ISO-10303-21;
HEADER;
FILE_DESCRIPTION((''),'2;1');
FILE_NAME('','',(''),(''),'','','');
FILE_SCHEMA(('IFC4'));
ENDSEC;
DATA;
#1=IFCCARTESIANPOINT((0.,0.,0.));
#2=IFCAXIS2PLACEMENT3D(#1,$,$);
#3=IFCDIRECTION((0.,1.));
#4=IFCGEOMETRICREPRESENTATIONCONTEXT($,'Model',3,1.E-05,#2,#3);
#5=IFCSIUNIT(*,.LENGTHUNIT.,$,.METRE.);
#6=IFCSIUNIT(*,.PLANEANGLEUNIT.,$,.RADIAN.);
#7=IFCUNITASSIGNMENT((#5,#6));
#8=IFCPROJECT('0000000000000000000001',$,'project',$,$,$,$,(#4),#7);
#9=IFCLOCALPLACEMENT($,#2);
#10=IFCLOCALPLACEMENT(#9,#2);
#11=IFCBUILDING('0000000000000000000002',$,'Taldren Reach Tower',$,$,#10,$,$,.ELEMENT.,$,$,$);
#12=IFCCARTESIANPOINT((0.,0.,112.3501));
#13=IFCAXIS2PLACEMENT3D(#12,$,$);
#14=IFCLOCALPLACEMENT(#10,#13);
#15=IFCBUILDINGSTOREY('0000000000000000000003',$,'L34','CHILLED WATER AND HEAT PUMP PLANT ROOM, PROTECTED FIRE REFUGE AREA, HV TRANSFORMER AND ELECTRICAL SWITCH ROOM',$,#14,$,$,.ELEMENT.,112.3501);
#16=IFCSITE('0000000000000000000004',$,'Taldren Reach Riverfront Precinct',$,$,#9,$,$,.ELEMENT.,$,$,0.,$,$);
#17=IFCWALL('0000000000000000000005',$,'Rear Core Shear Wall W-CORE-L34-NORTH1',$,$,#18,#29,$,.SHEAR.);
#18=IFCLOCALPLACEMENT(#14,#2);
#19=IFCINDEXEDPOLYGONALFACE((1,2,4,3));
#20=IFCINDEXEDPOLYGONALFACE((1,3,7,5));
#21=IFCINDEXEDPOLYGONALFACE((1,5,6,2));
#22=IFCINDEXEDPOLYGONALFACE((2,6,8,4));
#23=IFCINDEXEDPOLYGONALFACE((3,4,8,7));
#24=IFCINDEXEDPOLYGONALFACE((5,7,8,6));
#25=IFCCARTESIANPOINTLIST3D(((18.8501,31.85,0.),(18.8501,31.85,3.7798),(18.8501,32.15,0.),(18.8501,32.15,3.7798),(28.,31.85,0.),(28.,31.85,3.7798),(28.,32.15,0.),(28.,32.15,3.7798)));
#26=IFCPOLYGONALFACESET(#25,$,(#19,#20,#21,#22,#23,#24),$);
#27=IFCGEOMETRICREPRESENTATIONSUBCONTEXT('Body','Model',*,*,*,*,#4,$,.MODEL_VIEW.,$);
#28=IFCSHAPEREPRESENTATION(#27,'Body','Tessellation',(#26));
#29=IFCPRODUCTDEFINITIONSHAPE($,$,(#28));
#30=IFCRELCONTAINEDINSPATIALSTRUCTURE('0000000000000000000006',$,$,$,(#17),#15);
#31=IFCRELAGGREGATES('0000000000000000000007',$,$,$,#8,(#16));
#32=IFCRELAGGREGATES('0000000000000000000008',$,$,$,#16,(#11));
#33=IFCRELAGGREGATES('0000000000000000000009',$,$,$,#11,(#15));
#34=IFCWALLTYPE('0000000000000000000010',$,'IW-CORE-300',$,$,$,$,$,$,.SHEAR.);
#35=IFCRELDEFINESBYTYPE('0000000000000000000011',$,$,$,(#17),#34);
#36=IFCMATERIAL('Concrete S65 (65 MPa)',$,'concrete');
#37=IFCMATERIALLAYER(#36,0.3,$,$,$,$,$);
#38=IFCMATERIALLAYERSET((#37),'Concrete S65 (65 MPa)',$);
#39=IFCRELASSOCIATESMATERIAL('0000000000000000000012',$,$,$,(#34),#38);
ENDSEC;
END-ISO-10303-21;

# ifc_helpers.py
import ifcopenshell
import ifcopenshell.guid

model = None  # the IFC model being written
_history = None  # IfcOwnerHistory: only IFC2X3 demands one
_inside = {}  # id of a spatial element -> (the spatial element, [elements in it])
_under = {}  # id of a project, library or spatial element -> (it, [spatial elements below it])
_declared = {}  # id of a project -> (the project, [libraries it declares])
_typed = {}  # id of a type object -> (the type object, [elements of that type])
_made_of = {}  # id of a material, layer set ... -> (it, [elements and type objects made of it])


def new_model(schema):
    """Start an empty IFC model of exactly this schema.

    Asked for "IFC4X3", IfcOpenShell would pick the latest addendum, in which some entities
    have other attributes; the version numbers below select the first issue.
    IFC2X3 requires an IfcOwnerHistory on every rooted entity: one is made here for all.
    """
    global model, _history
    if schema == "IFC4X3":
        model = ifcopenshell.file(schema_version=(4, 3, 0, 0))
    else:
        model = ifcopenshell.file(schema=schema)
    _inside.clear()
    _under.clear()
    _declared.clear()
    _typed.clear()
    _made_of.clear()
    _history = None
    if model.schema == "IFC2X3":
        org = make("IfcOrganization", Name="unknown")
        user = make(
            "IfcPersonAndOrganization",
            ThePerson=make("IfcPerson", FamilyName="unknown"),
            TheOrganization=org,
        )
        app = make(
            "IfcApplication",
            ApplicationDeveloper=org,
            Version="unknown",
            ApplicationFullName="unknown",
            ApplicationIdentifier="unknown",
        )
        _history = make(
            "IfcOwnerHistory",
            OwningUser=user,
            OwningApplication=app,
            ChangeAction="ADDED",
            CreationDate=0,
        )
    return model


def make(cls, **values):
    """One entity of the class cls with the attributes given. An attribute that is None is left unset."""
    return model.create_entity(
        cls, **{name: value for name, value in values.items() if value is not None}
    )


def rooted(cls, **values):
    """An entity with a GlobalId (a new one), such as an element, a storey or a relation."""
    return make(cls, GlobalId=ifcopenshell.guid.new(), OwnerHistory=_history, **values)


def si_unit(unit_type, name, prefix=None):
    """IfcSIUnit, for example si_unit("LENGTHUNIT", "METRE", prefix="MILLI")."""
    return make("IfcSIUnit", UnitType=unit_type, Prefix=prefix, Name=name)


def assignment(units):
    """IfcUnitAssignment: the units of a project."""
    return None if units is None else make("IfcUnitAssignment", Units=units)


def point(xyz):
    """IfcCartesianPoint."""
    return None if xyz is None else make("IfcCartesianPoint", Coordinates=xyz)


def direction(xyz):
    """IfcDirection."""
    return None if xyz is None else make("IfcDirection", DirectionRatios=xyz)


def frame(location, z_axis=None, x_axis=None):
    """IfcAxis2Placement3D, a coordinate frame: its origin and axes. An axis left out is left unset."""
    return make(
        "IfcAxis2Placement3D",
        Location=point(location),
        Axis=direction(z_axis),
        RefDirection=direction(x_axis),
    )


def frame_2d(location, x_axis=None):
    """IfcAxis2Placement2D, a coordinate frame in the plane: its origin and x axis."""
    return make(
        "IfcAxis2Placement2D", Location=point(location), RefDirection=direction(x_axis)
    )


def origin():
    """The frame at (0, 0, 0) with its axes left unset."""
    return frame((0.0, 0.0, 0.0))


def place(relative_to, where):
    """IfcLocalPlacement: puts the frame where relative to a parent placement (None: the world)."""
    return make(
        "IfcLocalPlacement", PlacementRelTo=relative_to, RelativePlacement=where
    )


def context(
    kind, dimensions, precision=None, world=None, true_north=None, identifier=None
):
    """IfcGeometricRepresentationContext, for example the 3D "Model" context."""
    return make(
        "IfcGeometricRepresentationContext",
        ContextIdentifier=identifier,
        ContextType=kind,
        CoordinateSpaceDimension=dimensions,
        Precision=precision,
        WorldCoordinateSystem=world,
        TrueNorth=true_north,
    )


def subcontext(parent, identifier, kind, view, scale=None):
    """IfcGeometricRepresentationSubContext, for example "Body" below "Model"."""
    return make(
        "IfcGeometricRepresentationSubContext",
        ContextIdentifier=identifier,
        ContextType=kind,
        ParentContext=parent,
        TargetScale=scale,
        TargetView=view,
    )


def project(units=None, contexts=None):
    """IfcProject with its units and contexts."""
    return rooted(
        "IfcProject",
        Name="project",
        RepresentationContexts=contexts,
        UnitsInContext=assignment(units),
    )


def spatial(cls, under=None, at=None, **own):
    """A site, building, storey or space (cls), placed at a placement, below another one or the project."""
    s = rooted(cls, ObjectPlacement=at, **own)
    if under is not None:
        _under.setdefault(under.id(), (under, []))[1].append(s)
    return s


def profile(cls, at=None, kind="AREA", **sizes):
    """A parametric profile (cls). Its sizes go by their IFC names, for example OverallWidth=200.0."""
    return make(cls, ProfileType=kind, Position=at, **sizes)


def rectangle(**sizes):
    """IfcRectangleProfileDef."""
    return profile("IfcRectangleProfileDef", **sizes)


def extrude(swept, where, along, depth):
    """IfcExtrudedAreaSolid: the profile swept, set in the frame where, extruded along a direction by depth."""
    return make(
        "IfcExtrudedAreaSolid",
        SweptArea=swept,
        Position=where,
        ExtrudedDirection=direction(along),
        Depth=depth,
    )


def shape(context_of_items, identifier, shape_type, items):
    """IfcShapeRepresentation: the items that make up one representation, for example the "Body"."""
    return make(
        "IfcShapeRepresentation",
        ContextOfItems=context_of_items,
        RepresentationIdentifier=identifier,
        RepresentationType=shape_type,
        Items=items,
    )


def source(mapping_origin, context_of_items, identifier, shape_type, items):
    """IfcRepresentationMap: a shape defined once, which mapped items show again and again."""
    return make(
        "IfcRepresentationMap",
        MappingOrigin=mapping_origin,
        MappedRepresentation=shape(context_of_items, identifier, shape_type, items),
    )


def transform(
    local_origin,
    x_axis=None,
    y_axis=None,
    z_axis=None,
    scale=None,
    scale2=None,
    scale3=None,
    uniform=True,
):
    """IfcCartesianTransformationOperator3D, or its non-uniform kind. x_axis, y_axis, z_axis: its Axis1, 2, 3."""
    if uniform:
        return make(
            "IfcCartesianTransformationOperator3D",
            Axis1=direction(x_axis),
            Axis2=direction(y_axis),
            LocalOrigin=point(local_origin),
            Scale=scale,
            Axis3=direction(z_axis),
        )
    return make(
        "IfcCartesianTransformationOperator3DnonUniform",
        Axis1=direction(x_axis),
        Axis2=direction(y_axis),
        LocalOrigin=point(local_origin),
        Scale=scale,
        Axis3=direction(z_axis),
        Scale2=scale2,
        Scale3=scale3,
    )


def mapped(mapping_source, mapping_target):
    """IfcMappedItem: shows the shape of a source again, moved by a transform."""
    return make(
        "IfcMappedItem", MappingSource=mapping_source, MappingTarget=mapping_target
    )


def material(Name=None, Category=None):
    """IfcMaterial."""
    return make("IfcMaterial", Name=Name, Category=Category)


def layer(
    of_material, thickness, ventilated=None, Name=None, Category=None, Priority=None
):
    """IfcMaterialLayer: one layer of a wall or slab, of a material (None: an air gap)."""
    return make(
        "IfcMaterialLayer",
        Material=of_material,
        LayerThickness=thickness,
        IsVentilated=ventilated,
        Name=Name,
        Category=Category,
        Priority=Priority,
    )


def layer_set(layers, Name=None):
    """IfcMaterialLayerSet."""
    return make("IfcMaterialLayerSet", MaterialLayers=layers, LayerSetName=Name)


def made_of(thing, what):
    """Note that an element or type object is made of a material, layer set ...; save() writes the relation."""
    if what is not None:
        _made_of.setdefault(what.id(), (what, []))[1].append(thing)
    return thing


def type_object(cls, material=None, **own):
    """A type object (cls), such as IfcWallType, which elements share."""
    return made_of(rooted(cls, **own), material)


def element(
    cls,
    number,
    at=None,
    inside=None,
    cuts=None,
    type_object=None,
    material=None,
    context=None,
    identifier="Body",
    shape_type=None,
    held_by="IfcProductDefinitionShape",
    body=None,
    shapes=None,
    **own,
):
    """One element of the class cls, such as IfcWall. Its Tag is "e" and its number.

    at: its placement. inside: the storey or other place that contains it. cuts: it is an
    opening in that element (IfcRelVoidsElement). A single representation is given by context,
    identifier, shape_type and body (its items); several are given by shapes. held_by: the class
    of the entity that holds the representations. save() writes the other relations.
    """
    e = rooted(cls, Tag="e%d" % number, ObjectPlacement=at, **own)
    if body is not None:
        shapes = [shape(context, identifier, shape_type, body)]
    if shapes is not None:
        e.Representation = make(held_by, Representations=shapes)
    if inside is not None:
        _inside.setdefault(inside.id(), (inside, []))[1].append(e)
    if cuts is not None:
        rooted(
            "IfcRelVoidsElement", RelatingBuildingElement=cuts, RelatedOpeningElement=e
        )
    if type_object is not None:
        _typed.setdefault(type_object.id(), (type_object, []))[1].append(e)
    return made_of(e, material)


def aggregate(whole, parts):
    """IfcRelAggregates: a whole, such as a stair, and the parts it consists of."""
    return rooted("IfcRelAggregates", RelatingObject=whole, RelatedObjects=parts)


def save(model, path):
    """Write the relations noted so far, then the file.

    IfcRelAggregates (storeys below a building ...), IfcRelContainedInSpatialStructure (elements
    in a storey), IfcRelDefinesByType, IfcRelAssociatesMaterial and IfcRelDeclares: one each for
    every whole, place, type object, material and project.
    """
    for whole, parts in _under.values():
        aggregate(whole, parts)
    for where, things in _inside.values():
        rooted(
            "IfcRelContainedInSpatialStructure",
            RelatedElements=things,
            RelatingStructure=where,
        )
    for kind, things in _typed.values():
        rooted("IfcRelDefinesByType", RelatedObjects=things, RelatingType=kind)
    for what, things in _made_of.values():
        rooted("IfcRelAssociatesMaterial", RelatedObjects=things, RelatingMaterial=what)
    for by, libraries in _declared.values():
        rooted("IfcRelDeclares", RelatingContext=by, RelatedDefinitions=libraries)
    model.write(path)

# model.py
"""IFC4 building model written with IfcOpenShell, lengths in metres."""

from ifc_helpers import new_model, si_unit, direction, frame, frame_2d, origin, place, context, subcontext, project, spatial, rectangle, extrude, source, transform, mapped, material, layer, layer_set, type_object, element, save


model = new_model("IFC4")

# Units and contexts
model_context = context("Model", 3, precision=1e-05, world=origin(), true_north=direction((0.0, 1.0)))
body_context = subcontext(model_context, "Body", "Model", "MODEL_VIEW")
ifc_project = project(units=[si_unit("LENGTHUNIT", "METRE"), si_unit("PLANEANGLEUNIT", "RADIAN")], contexts=[model_context])

# Site, building, storey
site_placement = place(None, origin())
site = spatial("IfcSite", under=ifc_project, at=site_placement, Name="Taldren Reach Riverfront Precinct", CompositionType="ELEMENT", RefElevation=0.0)
building_placement = place(site_placement, origin())
building = spatial("IfcBuilding", under=site, at=building_placement, Name="Taldren Reach Tower", CompositionType="ELEMENT")
storey_placement = place(building_placement, frame((0.0, 0.0, 112.3501)))
storey = spatial("IfcBuildingStorey", under=building, at=storey_placement, Name="L34", Description="CHILLED WATER AND HEAT PUMP PLANT ROOM, PROTECTED FIRE REFUGE AREA, HV TRANSFORMER AND ELECTRICAL SWITCH ROOM", CompositionType="ELEMENT", Elevation=112.3501)

# Shared definitions
ifc_material_1 = material(Name="Concrete S65 (65 MPa)", Category="concrete")

# Wall
ifc_layer_1 = layer(ifc_material_1, 0.3)
ifc_layer_set_1 = layer_set([ifc_layer_1], Name="Concrete S65 (65 MPa)")
wall_type_1 = type_object("IfcWallType", Name="IW-CORE-300", PredefinedType="SHEAR", material=ifc_layer_set_1)
shared_shape_1 = source(origin(), body_context, "Body", "SweptSolid", [
    extrude(rectangle(XDim=9.1499, YDim=0.3, at=frame_2d((4.575, 0.0))), origin(), (0.0, 0.0, 1.0), 3.7798),
])
wall_1_placement = place(storey_placement, frame((18.8501, 32.0, 0.0), z_axis=(0.0, 0.0, 1.0), x_axis=(1.0, 0.0, 0.0)))
element("IfcWall", 1, at=wall_1_placement, inside=storey, type_object=wall_type_1, Name="Rear Core Shear Wall W-CORE-L34-NORTH1", PredefinedType="SHEAR", context=body_context, shape_type="MappedRepresentation", body=[
    mapped(shared_shape_1, transform((0.0, 0.0, 0.0), scale=1.0)),
])

save(model, "model.ifc")
